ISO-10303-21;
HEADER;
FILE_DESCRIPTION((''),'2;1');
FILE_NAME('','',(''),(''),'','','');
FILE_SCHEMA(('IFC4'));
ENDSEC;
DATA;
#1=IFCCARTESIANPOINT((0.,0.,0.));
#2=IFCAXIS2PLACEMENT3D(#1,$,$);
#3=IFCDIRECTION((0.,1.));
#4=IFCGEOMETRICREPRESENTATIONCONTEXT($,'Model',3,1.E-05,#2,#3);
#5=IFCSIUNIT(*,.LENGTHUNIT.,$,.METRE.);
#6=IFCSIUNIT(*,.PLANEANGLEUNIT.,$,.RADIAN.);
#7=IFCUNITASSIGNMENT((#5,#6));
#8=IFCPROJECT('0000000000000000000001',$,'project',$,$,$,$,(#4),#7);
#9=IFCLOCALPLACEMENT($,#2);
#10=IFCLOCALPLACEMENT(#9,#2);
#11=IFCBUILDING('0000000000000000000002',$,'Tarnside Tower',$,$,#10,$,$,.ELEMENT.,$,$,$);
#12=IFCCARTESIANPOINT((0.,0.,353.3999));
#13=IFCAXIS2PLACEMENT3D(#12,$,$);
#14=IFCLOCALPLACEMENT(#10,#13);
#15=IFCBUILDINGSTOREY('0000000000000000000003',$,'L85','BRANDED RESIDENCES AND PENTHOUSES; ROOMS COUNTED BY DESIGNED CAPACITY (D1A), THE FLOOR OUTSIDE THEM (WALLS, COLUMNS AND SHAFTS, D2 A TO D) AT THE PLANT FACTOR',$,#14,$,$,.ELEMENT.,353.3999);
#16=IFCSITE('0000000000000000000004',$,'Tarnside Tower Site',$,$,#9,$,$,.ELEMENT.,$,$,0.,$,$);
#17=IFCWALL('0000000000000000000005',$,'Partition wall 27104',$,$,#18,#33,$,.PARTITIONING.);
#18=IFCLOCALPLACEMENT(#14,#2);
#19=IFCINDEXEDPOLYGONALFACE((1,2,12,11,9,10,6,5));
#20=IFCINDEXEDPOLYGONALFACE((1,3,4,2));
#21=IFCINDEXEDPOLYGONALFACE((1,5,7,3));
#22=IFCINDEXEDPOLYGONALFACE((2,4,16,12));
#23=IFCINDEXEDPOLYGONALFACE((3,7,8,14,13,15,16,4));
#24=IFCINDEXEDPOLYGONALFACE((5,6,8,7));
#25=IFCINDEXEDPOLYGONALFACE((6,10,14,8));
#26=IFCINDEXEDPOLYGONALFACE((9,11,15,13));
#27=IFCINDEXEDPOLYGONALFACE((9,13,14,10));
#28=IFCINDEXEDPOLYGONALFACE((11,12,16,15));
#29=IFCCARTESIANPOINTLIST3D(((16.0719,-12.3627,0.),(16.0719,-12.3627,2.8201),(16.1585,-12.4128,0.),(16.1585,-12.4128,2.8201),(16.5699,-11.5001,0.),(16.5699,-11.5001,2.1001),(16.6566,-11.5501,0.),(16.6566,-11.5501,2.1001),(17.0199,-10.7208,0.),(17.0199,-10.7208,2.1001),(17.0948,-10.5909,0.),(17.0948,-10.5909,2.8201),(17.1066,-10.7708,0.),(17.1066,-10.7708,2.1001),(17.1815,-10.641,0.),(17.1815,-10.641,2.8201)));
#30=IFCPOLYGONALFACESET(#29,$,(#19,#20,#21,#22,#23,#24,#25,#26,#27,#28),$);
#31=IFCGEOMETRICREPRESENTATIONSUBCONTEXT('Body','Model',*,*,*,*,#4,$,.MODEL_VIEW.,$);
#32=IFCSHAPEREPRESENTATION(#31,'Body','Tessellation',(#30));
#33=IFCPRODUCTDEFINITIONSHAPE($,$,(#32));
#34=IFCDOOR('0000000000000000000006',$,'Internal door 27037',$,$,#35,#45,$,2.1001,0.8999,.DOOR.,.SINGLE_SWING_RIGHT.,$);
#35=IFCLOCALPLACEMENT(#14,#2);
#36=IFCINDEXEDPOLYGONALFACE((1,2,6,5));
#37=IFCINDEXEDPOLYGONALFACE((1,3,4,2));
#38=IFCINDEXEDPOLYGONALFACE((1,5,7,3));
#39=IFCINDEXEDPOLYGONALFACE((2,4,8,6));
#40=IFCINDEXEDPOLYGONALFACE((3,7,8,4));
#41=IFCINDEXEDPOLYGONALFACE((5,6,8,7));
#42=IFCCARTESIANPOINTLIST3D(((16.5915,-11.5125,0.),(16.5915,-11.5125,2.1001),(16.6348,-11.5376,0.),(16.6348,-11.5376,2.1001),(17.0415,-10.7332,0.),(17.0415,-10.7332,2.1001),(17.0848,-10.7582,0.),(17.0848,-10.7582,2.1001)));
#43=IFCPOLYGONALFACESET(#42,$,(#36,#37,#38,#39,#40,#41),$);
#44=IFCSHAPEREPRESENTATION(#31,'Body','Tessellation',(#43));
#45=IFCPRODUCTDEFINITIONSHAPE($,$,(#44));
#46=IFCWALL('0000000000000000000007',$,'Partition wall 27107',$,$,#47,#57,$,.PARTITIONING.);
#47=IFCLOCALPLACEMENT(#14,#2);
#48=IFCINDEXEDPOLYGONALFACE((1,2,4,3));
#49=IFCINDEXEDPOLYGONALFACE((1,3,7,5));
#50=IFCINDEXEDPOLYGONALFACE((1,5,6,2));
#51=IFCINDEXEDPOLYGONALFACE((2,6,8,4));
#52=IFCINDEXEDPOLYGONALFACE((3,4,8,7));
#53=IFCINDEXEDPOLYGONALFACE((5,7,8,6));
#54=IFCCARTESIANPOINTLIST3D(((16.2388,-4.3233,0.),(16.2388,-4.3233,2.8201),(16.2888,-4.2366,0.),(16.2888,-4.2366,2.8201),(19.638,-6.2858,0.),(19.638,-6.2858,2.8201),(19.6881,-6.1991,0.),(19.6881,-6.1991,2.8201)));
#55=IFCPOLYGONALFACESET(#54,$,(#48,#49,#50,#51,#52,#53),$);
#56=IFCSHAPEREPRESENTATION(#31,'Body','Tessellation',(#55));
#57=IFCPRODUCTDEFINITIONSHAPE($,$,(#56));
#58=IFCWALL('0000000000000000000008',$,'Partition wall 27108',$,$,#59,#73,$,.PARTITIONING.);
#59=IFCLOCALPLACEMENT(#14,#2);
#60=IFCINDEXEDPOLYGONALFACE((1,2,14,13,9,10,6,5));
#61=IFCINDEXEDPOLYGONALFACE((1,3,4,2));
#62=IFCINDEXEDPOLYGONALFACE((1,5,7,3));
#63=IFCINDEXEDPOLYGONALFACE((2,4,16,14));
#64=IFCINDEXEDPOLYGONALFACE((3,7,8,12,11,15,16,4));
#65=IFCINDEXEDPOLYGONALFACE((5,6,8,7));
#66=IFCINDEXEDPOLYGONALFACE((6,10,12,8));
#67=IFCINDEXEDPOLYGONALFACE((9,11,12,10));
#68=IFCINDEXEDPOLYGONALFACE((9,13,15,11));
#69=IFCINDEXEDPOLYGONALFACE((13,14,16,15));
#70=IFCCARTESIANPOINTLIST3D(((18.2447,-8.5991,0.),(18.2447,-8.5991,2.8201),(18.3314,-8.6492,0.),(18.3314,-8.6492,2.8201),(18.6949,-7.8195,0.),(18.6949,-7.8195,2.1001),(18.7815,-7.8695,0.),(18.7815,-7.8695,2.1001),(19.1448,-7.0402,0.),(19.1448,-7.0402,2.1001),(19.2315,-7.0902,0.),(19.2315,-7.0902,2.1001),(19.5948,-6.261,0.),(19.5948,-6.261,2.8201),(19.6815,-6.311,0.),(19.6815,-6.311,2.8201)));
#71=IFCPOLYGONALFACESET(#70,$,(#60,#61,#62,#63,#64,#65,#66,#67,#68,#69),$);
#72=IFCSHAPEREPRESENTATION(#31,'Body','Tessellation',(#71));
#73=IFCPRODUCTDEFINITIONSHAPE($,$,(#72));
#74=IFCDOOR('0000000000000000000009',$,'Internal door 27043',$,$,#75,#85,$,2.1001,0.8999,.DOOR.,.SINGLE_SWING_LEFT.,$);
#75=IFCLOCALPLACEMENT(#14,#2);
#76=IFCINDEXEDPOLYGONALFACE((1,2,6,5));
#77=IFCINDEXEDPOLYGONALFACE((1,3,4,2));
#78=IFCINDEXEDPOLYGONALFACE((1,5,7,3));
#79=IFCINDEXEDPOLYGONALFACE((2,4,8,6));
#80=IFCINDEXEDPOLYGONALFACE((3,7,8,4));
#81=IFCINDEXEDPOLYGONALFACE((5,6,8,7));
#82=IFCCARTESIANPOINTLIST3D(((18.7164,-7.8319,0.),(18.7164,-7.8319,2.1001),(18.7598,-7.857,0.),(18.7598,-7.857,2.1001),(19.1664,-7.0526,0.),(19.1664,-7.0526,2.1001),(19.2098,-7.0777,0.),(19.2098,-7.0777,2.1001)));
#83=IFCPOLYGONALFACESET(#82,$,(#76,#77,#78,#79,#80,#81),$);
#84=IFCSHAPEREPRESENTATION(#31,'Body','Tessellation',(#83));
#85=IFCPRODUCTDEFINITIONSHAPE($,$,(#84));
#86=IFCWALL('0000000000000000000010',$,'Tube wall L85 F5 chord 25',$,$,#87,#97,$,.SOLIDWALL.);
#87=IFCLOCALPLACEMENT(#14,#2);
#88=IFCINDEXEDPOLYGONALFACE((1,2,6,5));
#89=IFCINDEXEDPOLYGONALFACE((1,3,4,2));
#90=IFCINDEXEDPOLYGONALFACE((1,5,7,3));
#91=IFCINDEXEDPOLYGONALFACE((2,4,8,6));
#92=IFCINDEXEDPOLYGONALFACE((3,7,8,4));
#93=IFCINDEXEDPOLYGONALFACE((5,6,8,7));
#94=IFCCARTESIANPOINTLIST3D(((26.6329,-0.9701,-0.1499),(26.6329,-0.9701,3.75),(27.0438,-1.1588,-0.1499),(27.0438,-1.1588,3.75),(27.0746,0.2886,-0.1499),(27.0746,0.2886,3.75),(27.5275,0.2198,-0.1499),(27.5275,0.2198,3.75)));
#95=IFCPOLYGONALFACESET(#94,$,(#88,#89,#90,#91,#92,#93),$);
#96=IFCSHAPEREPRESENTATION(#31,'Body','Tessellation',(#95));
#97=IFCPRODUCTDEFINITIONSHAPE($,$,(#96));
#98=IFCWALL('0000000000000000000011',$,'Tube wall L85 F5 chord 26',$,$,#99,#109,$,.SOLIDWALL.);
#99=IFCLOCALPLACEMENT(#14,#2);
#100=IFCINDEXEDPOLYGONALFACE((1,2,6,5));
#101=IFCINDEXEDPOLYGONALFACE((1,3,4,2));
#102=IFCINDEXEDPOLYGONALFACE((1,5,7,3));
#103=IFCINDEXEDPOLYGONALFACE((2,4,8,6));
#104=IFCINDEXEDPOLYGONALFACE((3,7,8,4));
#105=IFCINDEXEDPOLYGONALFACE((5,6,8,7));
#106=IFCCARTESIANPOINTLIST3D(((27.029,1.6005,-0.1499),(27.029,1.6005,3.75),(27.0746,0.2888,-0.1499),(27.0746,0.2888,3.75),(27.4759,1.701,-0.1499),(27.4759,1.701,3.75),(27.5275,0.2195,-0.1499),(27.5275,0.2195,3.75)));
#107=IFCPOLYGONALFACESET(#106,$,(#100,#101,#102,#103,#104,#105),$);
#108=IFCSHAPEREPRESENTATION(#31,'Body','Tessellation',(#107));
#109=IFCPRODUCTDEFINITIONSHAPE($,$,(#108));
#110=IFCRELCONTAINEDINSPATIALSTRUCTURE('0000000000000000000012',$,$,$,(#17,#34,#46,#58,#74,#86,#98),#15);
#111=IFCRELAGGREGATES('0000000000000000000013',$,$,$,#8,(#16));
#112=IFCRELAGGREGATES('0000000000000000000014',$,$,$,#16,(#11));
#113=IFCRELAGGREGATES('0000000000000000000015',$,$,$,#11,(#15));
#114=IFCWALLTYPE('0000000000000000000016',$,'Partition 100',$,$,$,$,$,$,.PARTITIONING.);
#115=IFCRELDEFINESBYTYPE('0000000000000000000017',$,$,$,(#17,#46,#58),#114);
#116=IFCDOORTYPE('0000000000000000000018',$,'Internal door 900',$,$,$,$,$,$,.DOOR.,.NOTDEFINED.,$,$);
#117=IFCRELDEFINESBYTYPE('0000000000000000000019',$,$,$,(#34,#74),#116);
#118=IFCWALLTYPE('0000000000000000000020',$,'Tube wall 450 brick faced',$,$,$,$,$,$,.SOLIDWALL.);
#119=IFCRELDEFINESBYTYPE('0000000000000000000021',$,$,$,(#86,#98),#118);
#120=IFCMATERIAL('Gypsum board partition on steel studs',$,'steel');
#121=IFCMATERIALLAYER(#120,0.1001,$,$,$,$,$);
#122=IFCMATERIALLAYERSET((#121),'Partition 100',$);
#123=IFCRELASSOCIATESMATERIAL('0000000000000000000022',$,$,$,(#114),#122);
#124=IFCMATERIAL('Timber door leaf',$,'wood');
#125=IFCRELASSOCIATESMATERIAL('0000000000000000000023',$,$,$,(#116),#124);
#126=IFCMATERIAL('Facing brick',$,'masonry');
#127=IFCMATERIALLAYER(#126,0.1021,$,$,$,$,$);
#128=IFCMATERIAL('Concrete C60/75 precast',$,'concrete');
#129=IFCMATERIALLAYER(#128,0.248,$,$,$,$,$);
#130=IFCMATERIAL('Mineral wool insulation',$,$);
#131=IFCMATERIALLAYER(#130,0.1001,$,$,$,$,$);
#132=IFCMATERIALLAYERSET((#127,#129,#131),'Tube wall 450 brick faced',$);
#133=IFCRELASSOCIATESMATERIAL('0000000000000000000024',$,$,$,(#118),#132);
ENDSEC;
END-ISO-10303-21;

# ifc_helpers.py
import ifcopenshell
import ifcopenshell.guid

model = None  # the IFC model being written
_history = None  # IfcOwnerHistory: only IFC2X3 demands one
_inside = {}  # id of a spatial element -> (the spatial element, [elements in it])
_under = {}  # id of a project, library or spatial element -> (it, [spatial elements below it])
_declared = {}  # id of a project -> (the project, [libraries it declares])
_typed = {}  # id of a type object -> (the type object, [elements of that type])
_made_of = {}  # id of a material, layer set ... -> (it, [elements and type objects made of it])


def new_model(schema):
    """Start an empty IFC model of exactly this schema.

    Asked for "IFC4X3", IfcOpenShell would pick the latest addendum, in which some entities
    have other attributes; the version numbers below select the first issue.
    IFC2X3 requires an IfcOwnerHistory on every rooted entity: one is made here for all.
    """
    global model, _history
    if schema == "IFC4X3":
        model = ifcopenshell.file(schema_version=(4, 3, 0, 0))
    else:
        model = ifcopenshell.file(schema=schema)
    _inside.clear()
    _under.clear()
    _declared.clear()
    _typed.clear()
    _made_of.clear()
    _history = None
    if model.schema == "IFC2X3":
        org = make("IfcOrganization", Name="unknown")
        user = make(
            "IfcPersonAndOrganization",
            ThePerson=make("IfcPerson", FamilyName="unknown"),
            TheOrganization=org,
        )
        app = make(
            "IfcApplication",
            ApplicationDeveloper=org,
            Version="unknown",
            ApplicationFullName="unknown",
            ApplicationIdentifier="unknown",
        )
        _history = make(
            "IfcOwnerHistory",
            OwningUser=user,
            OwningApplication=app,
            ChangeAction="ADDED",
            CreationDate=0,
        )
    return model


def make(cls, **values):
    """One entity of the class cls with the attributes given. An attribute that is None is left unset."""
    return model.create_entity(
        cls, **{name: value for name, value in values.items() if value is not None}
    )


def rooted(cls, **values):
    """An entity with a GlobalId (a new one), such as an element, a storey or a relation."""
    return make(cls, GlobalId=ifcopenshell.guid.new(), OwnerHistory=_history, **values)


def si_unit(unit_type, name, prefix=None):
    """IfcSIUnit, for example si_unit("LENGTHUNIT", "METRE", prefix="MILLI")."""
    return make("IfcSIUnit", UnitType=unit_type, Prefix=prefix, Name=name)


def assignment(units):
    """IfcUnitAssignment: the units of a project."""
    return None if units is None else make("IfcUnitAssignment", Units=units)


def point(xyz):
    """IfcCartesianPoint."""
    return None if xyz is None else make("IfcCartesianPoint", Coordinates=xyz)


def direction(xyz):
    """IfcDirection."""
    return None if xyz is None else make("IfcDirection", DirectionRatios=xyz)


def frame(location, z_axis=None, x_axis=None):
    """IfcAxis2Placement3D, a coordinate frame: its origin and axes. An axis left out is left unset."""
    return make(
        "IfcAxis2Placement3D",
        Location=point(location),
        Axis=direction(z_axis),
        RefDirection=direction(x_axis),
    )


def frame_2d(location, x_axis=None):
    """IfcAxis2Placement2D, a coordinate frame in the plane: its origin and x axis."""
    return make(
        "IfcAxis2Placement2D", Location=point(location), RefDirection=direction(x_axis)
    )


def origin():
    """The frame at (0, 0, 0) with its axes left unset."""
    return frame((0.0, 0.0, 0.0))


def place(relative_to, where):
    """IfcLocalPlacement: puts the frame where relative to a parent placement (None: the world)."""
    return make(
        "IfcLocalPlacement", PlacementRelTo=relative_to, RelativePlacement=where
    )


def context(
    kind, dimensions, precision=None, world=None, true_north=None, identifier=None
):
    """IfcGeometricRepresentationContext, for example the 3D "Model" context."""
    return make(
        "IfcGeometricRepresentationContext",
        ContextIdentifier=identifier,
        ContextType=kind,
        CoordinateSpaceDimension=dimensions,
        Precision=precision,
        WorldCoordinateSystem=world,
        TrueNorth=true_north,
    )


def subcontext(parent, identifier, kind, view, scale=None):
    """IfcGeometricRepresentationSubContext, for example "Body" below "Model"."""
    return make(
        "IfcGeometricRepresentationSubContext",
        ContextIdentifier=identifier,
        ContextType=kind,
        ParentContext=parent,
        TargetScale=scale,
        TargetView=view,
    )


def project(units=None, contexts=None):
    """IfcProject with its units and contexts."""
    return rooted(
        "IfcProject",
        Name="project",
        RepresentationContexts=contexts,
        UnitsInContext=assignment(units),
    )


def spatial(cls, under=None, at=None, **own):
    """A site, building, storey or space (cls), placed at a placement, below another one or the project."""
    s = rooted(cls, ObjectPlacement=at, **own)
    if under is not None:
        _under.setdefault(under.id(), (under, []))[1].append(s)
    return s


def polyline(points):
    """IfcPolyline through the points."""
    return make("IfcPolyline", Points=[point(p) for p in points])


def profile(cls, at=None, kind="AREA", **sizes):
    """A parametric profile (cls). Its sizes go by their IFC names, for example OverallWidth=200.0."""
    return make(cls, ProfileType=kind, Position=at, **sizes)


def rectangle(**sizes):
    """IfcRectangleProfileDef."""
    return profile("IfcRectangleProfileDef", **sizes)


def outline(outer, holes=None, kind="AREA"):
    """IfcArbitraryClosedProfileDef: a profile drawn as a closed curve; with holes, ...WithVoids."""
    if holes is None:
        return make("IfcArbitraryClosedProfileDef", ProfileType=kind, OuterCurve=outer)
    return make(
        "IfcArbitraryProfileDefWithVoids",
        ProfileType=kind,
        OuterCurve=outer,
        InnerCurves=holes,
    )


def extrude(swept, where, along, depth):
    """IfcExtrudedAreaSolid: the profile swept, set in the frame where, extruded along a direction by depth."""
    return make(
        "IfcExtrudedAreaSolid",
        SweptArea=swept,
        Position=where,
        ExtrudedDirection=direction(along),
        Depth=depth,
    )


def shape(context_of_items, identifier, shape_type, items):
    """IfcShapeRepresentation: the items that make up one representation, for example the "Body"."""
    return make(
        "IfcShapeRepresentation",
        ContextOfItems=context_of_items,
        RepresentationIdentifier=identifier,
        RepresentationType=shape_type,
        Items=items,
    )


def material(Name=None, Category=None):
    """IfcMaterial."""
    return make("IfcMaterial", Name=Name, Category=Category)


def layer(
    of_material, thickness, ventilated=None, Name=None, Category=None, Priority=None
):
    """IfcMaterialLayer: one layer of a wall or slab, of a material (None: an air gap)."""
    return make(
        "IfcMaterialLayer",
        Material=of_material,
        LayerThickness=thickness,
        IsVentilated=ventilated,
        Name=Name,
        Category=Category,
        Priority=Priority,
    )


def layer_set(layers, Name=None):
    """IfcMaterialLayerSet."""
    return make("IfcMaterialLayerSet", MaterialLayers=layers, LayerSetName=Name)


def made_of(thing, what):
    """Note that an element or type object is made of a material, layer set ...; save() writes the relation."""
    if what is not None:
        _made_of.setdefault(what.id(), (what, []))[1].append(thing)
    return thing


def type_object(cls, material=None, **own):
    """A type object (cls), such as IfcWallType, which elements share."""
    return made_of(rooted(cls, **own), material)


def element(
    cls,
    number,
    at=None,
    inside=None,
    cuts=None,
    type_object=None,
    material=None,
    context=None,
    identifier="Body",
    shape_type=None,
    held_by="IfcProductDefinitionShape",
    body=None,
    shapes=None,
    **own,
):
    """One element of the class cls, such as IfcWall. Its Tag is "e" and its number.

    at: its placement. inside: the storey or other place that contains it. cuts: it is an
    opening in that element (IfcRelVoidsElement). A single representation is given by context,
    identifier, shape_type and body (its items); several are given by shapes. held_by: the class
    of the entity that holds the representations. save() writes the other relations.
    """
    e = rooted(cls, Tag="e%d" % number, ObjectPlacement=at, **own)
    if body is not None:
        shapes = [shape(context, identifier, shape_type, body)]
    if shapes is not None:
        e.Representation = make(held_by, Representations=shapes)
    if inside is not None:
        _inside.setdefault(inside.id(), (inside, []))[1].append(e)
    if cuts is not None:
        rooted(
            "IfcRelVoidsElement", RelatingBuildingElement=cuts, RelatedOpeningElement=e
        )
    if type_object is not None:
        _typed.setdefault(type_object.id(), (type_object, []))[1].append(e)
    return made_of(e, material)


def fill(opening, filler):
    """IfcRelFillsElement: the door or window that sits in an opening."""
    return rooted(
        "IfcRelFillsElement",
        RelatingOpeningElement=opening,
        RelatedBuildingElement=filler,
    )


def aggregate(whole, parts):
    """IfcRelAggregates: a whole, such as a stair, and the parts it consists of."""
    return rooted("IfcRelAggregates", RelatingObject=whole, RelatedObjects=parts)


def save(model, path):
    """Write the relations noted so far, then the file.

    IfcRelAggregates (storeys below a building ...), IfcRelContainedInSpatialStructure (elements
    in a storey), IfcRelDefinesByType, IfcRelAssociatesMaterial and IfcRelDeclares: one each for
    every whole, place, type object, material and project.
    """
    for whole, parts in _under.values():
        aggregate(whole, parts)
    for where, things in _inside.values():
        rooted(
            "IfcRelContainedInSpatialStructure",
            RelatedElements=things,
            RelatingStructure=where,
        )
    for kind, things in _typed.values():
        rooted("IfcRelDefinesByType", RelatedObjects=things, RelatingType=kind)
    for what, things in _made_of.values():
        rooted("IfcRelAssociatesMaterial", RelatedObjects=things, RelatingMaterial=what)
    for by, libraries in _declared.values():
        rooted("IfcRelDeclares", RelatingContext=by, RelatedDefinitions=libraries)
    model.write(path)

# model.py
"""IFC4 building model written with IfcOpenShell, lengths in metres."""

from ifc_helpers import new_model, si_unit, direction, frame, frame_2d, origin, place, context, subcontext, project, spatial, polyline, rectangle, outline, extrude, material, layer, layer_set, type_object, element, fill, save


model = new_model("IFC4")

# Units and contexts
model_context = context("Model", 3, precision=1e-05, world=origin(), true_north=direction((0.0, 1.0)))
body_context = subcontext(model_context, "Body", "Model", "MODEL_VIEW")
ifc_project = project(units=[si_unit("LENGTHUNIT", "METRE"), si_unit("PLANEANGLEUNIT", "RADIAN")], contexts=[model_context])

# Site, building, storey
site_placement = place(None, origin())
site = spatial("IfcSite", under=ifc_project, at=site_placement, Name="Tarnside Tower Site", CompositionType="ELEMENT", RefElevation=0.0)
building_placement = place(site_placement, origin())
building = spatial("IfcBuilding", under=site, at=building_placement, Name="Tarnside Tower", CompositionType="ELEMENT")
storey_placement = place(building_placement, frame((0.0, 0.0, 353.3999)))
storey = spatial("IfcBuildingStorey", under=building, at=storey_placement, Name="L85", Description="BRANDED RESIDENCES AND PENTHOUSES; ROOMS COUNTED BY DESIGNED CAPACITY (D1A), THE FLOOR OUTSIDE THEM (WALLS, COLUMNS AND SHAFTS, D2 A TO D) AT THE PLANT FACTOR", CompositionType="ELEMENT", Elevation=353.3999)

# Shared definitions
ifc_material_1 = material(Name="Gypsum board partition on steel studs", Category="steel")

# Shared definitions
ifc_material_2 = material(Name="Timber door leaf", Category="wood")

# Wall, opening, door
ifc_layer_1 = layer(ifc_material_1, 0.1001)
ifc_layer_set_1 = layer_set([ifc_layer_1], Name="Partition 100")
wall_type_1 = type_object("IfcWallType", Name="Partition 100", PredefinedType="PARTITIONING", material=ifc_layer_set_1)
wall_1_placement = place(storey_placement, frame((17.1382, -10.616, 0.0), z_axis=(0.0, 0.0, 1.0), x_axis=(-0.500015, -0.866017, 0.0)))
wall_1 = element("IfcWall", 1, at=wall_1_placement, inside=storey, type_object=wall_type_1, Name="Partition wall 27104", PredefinedType="PARTITIONING", context=body_context, shape_type="SweptSolid", body=[
    extrude(rectangle(XDim=2.0459, YDim=0.1001, at=frame_2d((1.0229, 0.0))), origin(), (0.0, 0.0, 1.0), 2.8201),
])
opening_1_placement = place(wall_1_placement, frame((0.1499, 0.0, 0.0)))
opening_1 = element("IfcOpeningElement", 2, at=opening_1_placement, cuts=wall_1, PredefinedType="OPENING", context=body_context, shape_type="SweptSolid", body=[
    extrude(rectangle(XDim=0.8999, YDim=2.1001, at=frame_2d((0.45, 1.05))), frame((0.0, 0.0601, 0.0), z_axis=(0.0, -1.0, 0.0), x_axis=(1.0, 0.0, 0.0)), (0.0, 0.0, 1.0), 0.1201),
])
door_type_1 = type_object("IfcDoorType", Name="Internal door 900", OperationType="NOTDEFINED", PredefinedType="DOOR", material=ifc_material_2)
door_1_placement = place(opening_1_placement, origin())
door_1 = element("IfcDoor", 3, at=door_1_placement, inside=storey, type_object=door_type_1, Name="Internal door 27037", OperationType="SINGLE_SWING_RIGHT", OverallHeight=2.1001, OverallWidth=0.8999, PredefinedType="DOOR", context=body_context, shape_type="SweptSolid", body=[
    extrude(rectangle(XDim=0.8999, YDim=2.1001, at=frame_2d((0.45, 1.05))), frame((0.0, 0.0249, 0.0), z_axis=(0.0, -1.0, 0.0), x_axis=(1.0, 0.0, 0.0)), (0.0, 0.0, 1.0), 0.05),
])
fill(opening_1, door_1)

# Wall
wall_2_placement = place(storey_placement, frame((16.2639, -4.28, 0.0), z_axis=(0.0, 0.0, 1.0), x_axis=(0.866037, -0.499979, 0.0)))
element("IfcWall", 4, at=wall_2_placement, inside=storey, type_object=wall_type_1, Name="Partition wall 27107", PredefinedType="PARTITIONING", context=body_context, shape_type="SweptSolid", body=[
    extrude(rectangle(XDim=3.925, YDim=0.1001, at=frame_2d((1.9624, 0.0))), origin(), (0.0, 0.0, 1.0), 2.8201),
])

# Wall, opening, door
wall_3_placement = place(storey_placement, frame((19.6382, -6.2859, 0.0), z_axis=(0.0, 0.0, 1.0), x_axis=(-0.500049, -0.865997, 0.0)))
wall_3 = element("IfcWall", 5, at=wall_3_placement, inside=storey, type_object=wall_type_1, Name="Partition wall 27108", PredefinedType="PARTITIONING", context=body_context, shape_type="SweptSolid", body=[
    extrude(rectangle(XDim=2.7, YDim=0.1001, at=frame_2d((1.3501, 0.0))), origin(), (0.0, 0.0, 1.0), 2.8201),
])
opening_2_placement = place(wall_3_placement, frame((0.8999, 0.0, 0.0)))
opening_2 = element("IfcOpeningElement", 6, at=opening_2_placement, cuts=wall_3, PredefinedType="OPENING", context=body_context, shape_type="SweptSolid", body=[
    extrude(rectangle(XDim=0.8999, YDim=2.1001, at=frame_2d((0.45, 1.05))), frame((0.0, 0.0601, 0.0), z_axis=(0.0, -1.0, 0.0), x_axis=(1.0, 0.0, 0.0)), (0.0, 0.0, 1.0), 0.1201),
])
door_2_placement = place(opening_2_placement, origin())
door_2 = element("IfcDoor", 7, at=door_2_placement, inside=storey, type_object=door_type_1, Name="Internal door 27043", OperationType="SINGLE_SWING_LEFT", OverallHeight=2.1001, OverallWidth=0.8999, PredefinedType="DOOR", context=body_context, shape_type="SweptSolid", body=[
    extrude(rectangle(XDim=0.8999, YDim=2.1001, at=frame_2d((0.45, 1.05))), frame((0.0, 0.0249, 0.0), z_axis=(0.0, -1.0, 0.0), x_axis=(1.0, 0.0, 0.0)), (0.0, 0.0, 1.0), 0.05),
])
fill(opening_2, door_2)

# Walls
ifc_material_3 = material(Name="Facing brick", Category="masonry")
ifc_layer_2 = layer(ifc_material_3, 0.1021)
ifc_material_4 = material(Name="Concrete C60/75 precast", Category="concrete")
ifc_layer_3 = layer(ifc_material_4, 0.248)
ifc_material_5 = material(Name="Mineral wool insulation")
ifc_layer_4 = layer(ifc_material_5, 0.1001)
ifc_layer_set_2 = layer_set([ifc_layer_2, ifc_layer_3, ifc_layer_4], Name="Tube wall 450 brick faced")
wall_type_2 = type_object("IfcWallType", Name="Tube wall 450 brick faced", PredefinedType="SOLIDWALL", material=ifc_layer_set_2)
wall_4_placement = place(storey_placement, frame((26.8384, -1.0645, -0.1499), z_axis=(0.0, 0.0, 1.0), x_axis=(0.331074, 0.943605, 0.0)))
element("IfcWall", 8, at=wall_4_placement, inside=storey, type_object=wall_type_2, Name="Tube wall L85 F5 chord 25", PredefinedType="SOLIDWALL", context=body_context, shape_type="SweptSolid", body=[
    extrude(outline(polyline([(-0.021, -0.2251), (1.4399, -0.2251), (1.355, 0.2251), (0.021, 0.2251), (-0.021, -0.2251)])), origin(), (0.0, 0.0, 1.0), 3.8999),
])
wall_5_placement = place(storey_placement, frame((27.301, 0.2542, -0.1499), z_axis=(0.0, 0.0, 1.0), x_axis=(-0.034763, 0.999396, 0.0)))
element("IfcWall", 9, at=wall_5_placement, inside=storey, type_object=wall_type_2, Name="Tube wall L85 F5 chord 26", PredefinedType="SOLIDWALL", context=body_context, shape_type="SweptSolid", body=[
    extrude(outline(polyline([(-0.0425, -0.2251), (1.4399, -0.2251), (1.355, 0.2251), (0.0425, 0.2251), (-0.0425, -0.2251)])), origin(), (0.0, 0.0, 1.0), 3.8999),
])

save(model, "model.ifc")
